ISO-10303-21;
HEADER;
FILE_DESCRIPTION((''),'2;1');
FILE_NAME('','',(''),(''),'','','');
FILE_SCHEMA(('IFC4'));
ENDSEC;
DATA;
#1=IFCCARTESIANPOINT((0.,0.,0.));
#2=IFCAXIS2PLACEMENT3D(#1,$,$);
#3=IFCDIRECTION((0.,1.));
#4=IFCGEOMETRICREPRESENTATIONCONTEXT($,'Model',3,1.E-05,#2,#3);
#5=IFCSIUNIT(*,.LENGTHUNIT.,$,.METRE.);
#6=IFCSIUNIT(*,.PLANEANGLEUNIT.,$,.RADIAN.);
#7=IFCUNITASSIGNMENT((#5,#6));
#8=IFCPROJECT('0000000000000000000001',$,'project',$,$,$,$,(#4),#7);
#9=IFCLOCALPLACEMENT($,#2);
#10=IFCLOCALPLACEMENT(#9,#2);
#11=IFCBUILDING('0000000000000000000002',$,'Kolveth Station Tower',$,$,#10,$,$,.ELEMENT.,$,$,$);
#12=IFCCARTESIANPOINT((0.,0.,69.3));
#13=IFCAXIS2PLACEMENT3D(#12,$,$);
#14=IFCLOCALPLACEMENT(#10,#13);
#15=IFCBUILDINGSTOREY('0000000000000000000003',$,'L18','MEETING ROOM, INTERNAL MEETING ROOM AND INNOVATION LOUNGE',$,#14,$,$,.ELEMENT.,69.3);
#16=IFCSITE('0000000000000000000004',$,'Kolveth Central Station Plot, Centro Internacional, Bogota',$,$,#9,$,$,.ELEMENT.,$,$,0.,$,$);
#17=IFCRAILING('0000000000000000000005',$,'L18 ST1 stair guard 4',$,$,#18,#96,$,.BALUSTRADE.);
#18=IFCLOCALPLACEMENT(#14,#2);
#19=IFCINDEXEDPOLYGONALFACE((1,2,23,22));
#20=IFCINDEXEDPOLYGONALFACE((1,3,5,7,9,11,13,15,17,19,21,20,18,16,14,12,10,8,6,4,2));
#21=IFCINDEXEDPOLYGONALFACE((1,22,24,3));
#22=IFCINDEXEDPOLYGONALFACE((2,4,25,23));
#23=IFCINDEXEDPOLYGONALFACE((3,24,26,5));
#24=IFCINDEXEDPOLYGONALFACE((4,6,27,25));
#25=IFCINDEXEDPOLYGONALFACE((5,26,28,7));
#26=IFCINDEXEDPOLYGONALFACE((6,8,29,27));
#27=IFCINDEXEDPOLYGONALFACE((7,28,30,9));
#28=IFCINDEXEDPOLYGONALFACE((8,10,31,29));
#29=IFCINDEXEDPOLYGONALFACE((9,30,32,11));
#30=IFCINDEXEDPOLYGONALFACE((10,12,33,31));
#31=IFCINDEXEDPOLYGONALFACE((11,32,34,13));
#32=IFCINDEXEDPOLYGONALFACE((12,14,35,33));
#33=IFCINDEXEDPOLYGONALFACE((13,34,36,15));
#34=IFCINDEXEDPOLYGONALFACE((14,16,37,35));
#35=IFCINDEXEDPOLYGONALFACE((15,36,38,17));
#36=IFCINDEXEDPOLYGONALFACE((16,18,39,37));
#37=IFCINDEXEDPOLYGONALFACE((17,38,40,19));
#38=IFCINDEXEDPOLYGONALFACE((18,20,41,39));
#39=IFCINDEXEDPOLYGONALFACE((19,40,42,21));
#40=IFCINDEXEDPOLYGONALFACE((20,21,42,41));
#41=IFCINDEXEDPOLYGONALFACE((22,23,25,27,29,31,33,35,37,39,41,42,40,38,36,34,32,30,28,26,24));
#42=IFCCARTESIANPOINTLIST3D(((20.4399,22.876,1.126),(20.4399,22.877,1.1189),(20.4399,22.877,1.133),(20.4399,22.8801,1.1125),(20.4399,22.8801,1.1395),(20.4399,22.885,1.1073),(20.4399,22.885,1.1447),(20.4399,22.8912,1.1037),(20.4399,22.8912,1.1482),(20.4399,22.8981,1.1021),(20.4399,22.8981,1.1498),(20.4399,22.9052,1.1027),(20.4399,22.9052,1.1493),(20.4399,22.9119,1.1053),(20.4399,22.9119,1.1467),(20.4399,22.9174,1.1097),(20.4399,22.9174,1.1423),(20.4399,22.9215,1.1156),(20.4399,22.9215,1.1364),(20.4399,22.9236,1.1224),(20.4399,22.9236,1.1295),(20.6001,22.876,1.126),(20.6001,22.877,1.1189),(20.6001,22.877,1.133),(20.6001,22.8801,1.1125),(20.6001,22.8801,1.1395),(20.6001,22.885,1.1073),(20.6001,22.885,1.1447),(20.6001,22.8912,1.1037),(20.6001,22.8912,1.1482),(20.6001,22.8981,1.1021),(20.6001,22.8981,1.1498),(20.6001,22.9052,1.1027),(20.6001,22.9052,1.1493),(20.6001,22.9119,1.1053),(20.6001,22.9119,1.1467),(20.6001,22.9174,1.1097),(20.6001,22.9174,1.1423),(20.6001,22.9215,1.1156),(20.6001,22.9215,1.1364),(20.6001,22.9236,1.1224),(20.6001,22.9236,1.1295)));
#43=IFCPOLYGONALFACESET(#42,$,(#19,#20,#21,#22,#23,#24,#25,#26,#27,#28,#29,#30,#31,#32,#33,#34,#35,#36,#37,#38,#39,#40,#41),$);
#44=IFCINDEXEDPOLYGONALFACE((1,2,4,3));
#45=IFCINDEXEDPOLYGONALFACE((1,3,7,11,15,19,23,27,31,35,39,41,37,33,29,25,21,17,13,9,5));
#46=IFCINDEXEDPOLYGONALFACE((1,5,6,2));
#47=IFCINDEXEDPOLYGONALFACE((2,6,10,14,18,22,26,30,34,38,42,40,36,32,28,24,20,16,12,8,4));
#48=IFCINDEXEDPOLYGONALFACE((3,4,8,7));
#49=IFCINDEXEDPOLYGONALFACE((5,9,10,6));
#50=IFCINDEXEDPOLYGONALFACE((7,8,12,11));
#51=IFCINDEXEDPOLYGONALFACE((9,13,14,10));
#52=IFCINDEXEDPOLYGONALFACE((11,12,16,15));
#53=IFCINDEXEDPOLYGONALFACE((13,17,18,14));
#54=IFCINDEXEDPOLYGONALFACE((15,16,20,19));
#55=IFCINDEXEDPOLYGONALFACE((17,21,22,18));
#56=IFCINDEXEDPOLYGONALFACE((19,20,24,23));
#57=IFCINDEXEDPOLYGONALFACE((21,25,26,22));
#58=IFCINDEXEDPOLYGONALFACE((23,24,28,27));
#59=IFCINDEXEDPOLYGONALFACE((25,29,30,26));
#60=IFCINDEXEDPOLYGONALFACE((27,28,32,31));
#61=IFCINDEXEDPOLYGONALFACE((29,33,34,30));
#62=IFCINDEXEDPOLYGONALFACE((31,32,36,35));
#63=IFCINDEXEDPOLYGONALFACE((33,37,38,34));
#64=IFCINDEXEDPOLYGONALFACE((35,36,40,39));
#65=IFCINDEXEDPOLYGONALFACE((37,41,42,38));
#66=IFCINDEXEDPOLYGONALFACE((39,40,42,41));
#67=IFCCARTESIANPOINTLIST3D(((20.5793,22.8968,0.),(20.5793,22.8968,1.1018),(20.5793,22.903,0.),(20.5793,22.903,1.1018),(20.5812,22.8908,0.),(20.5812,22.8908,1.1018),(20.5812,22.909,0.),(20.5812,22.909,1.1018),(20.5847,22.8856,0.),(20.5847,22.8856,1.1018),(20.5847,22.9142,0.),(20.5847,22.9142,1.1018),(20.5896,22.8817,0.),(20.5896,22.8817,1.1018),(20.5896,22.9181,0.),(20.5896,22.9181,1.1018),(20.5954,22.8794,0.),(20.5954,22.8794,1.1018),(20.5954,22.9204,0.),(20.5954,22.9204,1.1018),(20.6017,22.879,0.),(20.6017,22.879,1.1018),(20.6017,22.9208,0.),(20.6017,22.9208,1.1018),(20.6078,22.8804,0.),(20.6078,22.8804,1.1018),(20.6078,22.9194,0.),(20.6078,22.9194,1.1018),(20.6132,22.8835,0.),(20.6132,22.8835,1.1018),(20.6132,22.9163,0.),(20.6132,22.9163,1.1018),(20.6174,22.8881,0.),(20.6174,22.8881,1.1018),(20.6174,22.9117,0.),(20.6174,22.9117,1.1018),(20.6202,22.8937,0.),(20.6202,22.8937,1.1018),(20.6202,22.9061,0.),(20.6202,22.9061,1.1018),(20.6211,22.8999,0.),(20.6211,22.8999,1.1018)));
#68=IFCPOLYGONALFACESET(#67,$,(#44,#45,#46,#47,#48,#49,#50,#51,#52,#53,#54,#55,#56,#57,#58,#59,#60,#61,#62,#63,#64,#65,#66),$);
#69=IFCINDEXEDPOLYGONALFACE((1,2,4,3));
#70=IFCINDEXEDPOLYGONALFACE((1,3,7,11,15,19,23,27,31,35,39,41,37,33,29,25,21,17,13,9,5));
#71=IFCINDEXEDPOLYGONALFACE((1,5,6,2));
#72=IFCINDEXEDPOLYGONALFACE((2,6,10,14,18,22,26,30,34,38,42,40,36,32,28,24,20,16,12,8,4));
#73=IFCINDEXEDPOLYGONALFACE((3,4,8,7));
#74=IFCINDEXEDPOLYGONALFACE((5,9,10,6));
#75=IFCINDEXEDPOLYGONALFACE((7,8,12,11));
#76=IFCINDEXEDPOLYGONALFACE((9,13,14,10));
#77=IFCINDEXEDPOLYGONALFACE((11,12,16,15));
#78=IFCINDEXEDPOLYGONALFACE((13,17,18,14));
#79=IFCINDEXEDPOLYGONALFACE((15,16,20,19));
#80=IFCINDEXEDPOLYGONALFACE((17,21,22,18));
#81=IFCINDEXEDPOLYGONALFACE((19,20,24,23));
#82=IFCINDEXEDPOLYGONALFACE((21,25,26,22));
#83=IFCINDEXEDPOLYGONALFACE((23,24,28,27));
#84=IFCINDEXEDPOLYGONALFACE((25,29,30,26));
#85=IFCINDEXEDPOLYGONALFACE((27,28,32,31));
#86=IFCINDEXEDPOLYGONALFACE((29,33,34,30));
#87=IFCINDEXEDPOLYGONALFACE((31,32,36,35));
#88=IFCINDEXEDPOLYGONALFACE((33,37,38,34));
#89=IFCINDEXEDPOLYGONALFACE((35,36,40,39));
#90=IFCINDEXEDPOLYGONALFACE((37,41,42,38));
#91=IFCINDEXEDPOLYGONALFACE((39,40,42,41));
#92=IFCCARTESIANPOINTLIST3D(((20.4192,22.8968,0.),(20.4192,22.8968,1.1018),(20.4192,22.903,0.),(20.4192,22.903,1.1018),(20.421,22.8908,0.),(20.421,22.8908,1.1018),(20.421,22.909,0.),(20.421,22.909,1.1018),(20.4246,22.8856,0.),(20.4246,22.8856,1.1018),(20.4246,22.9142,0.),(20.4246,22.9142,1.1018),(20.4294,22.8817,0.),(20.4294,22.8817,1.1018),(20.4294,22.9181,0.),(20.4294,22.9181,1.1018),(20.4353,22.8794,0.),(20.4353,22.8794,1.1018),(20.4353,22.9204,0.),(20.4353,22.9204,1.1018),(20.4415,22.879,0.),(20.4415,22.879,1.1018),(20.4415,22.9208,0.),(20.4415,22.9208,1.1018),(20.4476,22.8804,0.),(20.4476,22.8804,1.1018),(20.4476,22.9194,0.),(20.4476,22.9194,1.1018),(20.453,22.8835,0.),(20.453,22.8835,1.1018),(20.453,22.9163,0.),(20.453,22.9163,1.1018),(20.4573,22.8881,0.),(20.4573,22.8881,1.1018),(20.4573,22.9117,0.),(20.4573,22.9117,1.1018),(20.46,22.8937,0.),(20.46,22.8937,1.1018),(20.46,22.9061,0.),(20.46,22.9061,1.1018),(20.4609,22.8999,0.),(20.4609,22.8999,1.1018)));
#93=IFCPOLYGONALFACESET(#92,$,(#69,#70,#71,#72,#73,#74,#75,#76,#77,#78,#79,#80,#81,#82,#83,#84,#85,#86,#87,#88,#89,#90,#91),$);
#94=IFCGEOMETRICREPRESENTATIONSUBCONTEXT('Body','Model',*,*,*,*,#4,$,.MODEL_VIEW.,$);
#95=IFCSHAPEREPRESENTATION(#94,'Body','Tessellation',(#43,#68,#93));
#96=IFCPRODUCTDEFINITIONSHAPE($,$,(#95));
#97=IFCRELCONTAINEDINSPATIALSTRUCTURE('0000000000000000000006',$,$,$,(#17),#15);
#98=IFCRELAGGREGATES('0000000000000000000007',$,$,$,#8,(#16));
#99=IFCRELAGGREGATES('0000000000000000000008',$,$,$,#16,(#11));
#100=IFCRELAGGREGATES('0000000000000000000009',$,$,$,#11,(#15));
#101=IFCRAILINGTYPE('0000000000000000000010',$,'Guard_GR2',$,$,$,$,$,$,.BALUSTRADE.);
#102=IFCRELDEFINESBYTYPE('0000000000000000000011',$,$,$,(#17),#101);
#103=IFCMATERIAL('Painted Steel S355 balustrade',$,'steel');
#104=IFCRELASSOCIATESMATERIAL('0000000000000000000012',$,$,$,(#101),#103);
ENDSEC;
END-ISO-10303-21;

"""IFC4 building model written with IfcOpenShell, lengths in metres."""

from ifc_helpers import new_model, si_unit, direction, frame, origin, origin_2d, place, context, subcontext, project, spatial, circle, extrude, material, type_object, element, save


model = new_model("IFC4")

# Units and contexts
model_context = context("Model", 3, precision=1e-05, world=origin(), true_north=direction((0.0, 1.0)))
body_context = subcontext(model_context, "Body", "Model", "MODEL_VIEW")
ifc_project = project(units=[si_unit("LENGTHUNIT", "METRE"), si_unit("PLANEANGLEUNIT", "RADIAN")], contexts=[model_context])

# Site, building, storey
site_placement = place(None, origin())
site = spatial("IfcSite", under=ifc_project, at=site_placement, Name="Kolveth Central Station Plot, Centro Internacional, Bogota", CompositionType="ELEMENT", RefElevation=0.0)
building_placement = place(site_placement, origin())
building = spatial("IfcBuilding", under=site, at=building_placement, Name="Kolveth Station Tower", CompositionType="ELEMENT")
storey_placement = place(building_placement, frame((0.0, 0.0, 69.3)))
storey = spatial("IfcBuildingStorey", under=building, at=storey_placement, Name="L18", Description="MEETING ROOM, INTERNAL MEETING ROOM AND INNOVATION LOUNGE", CompositionType="ELEMENT", Elevation=69.3)

# Railing
ifc_material_1 = material(Name="Painted Steel S355 balustrade", Category="steel")
railing_type_1 = type_object("IfcRailingType", Name="Guard_GR2", PredefinedType="BALUSTRADE", material=ifc_material_1)
railing_1_placement = place(storey_placement, frame((20.6001, 22.8999, 0.0)))
element("IfcRailing", 1, at=railing_1_placement, inside=storey, type_object=railing_type_1, Name="L18 ST1 stair guard 4", PredefinedType="BALUSTRADE", context=body_context, shape_type="SweptSolid", body=[
    extrude(circle(Radius=0.0239, at=origin_2d()), frame((0.0, 0.0, 1.126), z_axis=(-1.0, 0.0, 0.0), x_axis=(0.0, -1.0, 0.0)), (0.0, 0.0, 1.0), 0.1602),
    extrude(circle(Radius=0.021, at=origin_2d()), origin(), (0.0, 0.0, 1.0), 1.1018),
    extrude(circle(Radius=0.021, at=origin_2d()), frame((-0.1602, 0.0, 0.0)), (0.0, 0.0, 1.0), 1.1018),
])

save(model, "model.ifc")
